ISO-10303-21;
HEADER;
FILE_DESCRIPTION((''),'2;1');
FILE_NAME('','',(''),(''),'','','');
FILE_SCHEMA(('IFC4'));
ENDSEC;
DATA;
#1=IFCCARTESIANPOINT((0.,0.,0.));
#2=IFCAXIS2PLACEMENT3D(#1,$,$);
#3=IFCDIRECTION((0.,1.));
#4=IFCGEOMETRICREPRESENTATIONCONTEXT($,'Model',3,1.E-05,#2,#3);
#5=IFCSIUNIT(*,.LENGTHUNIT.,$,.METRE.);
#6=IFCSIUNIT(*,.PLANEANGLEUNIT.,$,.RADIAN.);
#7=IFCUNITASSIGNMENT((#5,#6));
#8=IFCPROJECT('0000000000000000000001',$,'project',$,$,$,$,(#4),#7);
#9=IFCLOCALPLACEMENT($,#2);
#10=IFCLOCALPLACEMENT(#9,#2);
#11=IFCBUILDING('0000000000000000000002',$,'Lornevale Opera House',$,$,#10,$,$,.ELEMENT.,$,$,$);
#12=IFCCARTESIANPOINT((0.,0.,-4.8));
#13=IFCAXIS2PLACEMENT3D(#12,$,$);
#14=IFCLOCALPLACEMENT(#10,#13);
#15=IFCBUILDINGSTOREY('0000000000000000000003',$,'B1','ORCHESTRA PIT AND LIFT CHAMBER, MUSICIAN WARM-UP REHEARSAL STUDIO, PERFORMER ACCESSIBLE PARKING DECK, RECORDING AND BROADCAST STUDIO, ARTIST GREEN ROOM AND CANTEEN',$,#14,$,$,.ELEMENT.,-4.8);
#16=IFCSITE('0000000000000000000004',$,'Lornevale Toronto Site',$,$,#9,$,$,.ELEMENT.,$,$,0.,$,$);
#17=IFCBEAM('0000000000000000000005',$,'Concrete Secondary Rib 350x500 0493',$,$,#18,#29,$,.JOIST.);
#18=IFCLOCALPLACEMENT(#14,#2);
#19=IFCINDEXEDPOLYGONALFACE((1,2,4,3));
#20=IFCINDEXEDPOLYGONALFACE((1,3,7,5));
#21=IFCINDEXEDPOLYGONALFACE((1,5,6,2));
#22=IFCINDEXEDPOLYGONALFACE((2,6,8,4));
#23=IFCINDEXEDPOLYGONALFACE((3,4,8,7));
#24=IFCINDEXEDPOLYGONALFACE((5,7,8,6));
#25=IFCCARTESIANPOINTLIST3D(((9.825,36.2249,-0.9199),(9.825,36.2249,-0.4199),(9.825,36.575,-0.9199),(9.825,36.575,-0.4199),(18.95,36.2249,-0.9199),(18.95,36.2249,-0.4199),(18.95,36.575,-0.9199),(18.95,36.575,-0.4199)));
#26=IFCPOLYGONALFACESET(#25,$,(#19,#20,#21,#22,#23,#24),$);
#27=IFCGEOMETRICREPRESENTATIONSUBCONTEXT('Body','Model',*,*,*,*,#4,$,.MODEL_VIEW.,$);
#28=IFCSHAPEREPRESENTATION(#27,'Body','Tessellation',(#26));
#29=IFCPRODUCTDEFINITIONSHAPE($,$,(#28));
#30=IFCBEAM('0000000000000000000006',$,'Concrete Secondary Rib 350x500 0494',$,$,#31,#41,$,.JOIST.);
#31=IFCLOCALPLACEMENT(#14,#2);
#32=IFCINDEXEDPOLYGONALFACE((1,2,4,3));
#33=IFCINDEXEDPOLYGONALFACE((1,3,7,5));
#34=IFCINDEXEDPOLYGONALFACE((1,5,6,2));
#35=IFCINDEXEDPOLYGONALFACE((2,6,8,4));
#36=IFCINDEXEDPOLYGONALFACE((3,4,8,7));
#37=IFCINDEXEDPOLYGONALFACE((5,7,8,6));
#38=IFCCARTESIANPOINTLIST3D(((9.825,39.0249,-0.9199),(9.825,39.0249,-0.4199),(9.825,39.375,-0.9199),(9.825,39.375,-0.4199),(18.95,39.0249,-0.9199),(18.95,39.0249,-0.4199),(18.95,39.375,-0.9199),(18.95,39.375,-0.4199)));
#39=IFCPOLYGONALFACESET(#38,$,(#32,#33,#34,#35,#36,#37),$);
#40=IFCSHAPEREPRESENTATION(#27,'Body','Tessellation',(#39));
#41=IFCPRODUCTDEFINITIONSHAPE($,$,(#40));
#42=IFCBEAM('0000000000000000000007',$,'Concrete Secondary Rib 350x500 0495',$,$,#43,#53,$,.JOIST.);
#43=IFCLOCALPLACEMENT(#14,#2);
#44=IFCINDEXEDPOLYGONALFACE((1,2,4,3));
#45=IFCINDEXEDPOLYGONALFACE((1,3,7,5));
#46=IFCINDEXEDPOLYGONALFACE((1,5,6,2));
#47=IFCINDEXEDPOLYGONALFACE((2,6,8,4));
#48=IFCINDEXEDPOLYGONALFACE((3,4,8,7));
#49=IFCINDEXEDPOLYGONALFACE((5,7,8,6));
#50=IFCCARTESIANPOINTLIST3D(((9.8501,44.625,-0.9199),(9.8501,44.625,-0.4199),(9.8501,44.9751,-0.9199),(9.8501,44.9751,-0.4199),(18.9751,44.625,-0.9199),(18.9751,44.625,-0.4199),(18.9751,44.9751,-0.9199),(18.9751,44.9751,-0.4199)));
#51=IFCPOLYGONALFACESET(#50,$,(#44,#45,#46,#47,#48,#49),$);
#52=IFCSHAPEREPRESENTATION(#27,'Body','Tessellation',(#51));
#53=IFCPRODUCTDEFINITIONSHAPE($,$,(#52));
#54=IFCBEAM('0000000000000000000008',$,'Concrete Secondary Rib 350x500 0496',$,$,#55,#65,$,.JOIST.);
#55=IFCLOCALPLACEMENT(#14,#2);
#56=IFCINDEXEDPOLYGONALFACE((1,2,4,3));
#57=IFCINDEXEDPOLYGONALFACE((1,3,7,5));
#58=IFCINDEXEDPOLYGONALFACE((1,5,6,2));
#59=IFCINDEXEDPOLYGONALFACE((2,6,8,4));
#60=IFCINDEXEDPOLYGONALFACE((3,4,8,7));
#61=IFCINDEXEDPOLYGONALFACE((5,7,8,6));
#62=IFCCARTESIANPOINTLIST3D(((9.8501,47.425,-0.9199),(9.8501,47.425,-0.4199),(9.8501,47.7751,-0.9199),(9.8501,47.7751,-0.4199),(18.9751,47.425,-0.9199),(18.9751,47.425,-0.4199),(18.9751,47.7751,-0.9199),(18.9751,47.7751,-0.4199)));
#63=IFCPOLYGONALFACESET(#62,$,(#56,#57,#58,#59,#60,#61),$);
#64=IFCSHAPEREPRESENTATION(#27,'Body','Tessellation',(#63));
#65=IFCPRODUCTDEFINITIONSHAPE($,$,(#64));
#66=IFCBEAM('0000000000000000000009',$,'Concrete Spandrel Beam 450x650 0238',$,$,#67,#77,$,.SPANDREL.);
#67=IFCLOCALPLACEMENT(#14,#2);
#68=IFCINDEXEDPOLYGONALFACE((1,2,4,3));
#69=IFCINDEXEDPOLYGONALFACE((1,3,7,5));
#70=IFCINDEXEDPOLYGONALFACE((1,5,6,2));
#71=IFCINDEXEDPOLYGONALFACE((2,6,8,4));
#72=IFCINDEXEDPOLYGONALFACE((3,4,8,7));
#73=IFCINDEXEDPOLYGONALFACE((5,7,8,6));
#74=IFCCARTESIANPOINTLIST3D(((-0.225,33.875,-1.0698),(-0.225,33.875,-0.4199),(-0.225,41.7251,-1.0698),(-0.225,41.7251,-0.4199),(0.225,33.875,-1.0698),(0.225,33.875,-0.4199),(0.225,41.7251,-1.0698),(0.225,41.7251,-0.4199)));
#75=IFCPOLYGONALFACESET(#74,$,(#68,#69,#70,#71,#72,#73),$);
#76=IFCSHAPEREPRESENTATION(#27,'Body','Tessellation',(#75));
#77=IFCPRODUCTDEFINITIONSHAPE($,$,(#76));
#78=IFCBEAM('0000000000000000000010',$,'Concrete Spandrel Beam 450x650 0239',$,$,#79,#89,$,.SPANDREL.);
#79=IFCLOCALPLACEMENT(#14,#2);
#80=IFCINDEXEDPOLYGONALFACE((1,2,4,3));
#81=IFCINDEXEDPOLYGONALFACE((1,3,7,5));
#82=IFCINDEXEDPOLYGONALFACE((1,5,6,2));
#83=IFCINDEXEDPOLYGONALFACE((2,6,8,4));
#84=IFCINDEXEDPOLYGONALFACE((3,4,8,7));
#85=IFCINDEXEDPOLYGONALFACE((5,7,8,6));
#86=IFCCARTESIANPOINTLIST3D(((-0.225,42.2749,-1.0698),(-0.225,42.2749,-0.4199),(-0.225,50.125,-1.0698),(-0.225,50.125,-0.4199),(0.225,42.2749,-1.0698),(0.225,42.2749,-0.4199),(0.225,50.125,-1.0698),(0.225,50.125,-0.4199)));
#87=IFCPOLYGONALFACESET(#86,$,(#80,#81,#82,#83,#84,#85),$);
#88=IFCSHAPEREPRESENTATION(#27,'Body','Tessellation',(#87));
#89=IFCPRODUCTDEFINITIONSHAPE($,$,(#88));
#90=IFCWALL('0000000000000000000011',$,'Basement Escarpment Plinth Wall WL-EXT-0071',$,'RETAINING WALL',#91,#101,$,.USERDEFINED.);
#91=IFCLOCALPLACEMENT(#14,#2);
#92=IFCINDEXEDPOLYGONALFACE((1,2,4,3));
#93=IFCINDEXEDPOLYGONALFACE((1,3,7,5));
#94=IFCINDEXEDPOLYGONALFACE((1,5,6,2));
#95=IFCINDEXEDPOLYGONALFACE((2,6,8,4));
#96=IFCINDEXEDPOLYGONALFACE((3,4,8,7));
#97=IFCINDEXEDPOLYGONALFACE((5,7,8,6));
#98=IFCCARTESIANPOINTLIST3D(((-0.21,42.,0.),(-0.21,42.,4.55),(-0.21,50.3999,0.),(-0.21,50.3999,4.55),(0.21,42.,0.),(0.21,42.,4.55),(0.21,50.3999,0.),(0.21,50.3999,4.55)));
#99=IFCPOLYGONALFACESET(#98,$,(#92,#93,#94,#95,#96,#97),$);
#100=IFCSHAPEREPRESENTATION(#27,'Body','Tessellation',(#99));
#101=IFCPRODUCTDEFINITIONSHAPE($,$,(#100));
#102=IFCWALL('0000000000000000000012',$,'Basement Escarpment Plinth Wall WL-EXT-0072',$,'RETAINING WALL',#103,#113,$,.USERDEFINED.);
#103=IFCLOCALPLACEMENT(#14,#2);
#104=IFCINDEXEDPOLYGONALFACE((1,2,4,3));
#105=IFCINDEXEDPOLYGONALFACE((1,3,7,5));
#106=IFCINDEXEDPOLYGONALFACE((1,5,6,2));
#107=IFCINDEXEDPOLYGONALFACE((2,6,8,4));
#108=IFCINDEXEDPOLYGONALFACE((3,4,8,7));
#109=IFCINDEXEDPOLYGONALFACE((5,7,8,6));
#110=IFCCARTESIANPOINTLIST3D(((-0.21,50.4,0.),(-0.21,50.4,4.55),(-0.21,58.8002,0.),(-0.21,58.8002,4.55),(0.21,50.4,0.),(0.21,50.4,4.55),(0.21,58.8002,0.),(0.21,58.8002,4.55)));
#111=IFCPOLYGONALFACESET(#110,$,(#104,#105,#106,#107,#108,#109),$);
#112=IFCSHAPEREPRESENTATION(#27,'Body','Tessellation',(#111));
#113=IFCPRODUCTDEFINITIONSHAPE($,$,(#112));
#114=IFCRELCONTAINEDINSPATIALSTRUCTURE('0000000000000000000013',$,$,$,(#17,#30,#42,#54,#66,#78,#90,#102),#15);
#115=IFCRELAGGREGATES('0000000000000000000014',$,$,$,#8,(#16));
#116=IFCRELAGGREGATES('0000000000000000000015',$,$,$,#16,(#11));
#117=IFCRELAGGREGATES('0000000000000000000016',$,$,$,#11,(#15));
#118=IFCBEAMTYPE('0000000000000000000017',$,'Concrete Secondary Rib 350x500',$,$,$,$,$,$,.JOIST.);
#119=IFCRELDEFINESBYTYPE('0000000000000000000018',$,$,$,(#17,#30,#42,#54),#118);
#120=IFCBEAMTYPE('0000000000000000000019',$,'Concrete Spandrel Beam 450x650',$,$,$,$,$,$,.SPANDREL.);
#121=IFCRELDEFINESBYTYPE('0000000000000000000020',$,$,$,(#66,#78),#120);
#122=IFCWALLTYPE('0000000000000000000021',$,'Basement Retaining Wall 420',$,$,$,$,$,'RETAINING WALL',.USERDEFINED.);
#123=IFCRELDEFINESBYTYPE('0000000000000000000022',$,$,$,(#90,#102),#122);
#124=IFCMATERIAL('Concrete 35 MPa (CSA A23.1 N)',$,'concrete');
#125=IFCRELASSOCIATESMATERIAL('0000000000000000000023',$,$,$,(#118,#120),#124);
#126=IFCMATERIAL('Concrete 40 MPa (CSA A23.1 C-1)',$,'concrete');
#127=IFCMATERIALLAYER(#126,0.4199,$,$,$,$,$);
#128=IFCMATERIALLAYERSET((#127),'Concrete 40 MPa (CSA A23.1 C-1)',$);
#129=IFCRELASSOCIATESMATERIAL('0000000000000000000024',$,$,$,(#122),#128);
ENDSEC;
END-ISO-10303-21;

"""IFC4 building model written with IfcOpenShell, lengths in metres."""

from ifc_helpers import new_model, si_unit, direction, frame, frame_2d, origin, origin_2d, place, context, subcontext, project, spatial, rectangle, extrude, material, layer, layer_set, material_profile, profile_set, type_object, element, save


model = new_model("IFC4")

# Units and contexts
model_context = context("Model", 3, precision=1e-05, world=origin(), true_north=direction((0.0, 1.0)))
body_context = subcontext(model_context, "Body", "Model", "MODEL_VIEW")
ifc_project = project(units=[si_unit("LENGTHUNIT", "METRE"), si_unit("PLANEANGLEUNIT", "RADIAN")], contexts=[model_context])

# Site, building, storey
site_placement = place(None, origin())
site = spatial("IfcSite", under=ifc_project, at=site_placement, Name="Lornevale Toronto Site", CompositionType="ELEMENT", RefElevation=0.0)
building_placement = place(site_placement, origin())
building = spatial("IfcBuilding", under=site, at=building_placement, Name="Lornevale Opera House", CompositionType="ELEMENT")
storey_placement = place(building_placement, frame((0.0, 0.0, -4.8)))
storey = spatial("IfcBuildingStorey", under=building, at=storey_placement, Name="B1", Description="ORCHESTRA PIT AND LIFT CHAMBER, MUSICIAN WARM-UP REHEARSAL STUDIO, PERFORMER ACCESSIBLE PARKING DECK, RECORDING AND BROADCAST STUDIO, ARTIST GREEN ROOM AND CANTEEN", CompositionType="ELEMENT", Elevation=-4.8)

# Shared definitions
ifc_material_1 = material(Name="Concrete 35 MPa (CSA A23.1 N)", Category="concrete")

# Beams
ifc_material_2 = material(Name="Concrete 40 MPa (CSA A23.1 C-1)", Category="concrete")
ifc_material_profile_1 = material_profile(ifc_material_1, rectangle(XDim=0.3501, YDim=0.5, at=origin_2d()), Name="RC350x500")
ifc_profile_set_1 = profile_set([ifc_material_profile_1], Name="Concrete 35 MPa (CSA A23.1 N)")
beam_type_1 = type_object("IfcBeamType", Name="Concrete Secondary Rib 350x500", PredefinedType="JOIST", material=ifc_profile_set_1)
for number, where, z_axis, x_axis, name in (
    (1, (9.825, 36.3999, -0.6699), (1.0, 0.0, 0.0), (0.0, 1.0, 0.0), "Concrete Secondary Rib 350x500 0493"),
    (2, (9.825, 39.2, -0.6699), (1.0, 0.0, 0.0), (0.0, 1.0, 0.0), "Concrete Secondary Rib 350x500 0494"),
    (3, (9.8501, 44.8, -0.6699), (1.0, 0.0, 0.0), (0.0, 1.0, 0.0), "Concrete Secondary Rib 350x500 0495"),
    (4, (9.8501, 47.6001, -0.6699), (1.0, 0.0, 0.0), (0.0, 1.0, 0.0), "Concrete Secondary Rib 350x500 0496"),
):
    element("IfcBeam", number, at=place(storey_placement, frame(where, z_axis=z_axis, x_axis=x_axis)), inside=storey, type_object=beam_type_1, Name=name, PredefinedType="JOIST", context=body_context, shape_type="SweptSolid", body=[
        extrude(rectangle(XDim=0.3501, YDim=0.5, at=origin_2d()), origin(), (0.0, 0.0, 1.0), 9.125),
    ])
ifc_material_profile_2 = material_profile(ifc_material_1, rectangle(XDim=0.45, YDim=0.6499, at=origin_2d()), Name="RC450x650")
ifc_profile_set_2 = profile_set([ifc_material_profile_2], Name="Concrete 35 MPa (CSA A23.1 N)")
beam_type_2 = type_object("IfcBeamType", Name="Concrete Spandrel Beam 450x650", PredefinedType="SPANDREL", material=ifc_profile_set_2)
for number, where, z_axis, x_axis, name in (
    (5, (0.0, 33.875, -0.7449), (0.0, 1.0, 0.0), (-1.0, 0.0, 0.0), "Concrete Spandrel Beam 450x650 0238"),
    (6, (0.0, 42.2749, -0.7449), (0.0, 1.0, 0.0), (-1.0, 0.0, 0.0), "Concrete Spandrel Beam 450x650 0239"),
):
    element("IfcBeam", number, at=place(storey_placement, frame(where, z_axis=z_axis, x_axis=x_axis)), inside=storey, type_object=beam_type_2, Name=name, PredefinedType="SPANDREL", context=body_context, shape_type="SweptSolid", body=[
        extrude(rectangle(XDim=0.45, YDim=0.6499, at=origin_2d()), origin(), (0.0, 0.0, 1.0), 7.8501),
    ])

# Walls
ifc_layer = layer(ifc_material_2, 0.4199)
ifc_layer_set = layer_set([ifc_layer], Name="Concrete 40 MPa (CSA A23.1 C-1)")
wall_type = type_object("IfcWallType", Name="Basement Retaining Wall 420", ElementType="RETAINING WALL", PredefinedType="USERDEFINED", material=ifc_layer_set)
wall_1_placement = place(storey_placement, frame((0.0, 42.0, 0.0), z_axis=(0.0, 0.0, 1.0), x_axis=(0.0, 1.0, 0.0)))
element("IfcWall", 7, at=wall_1_placement, inside=storey, type_object=wall_type, Name="Basement Escarpment Plinth Wall WL-EXT-0071", ObjectType="RETAINING WALL", PredefinedType="USERDEFINED", context=body_context, shape_type="SweptSolid", body=[
    extrude(rectangle(XDim=8.3999, YDim=0.4199, at=frame_2d((4.2, 0.0))), origin(), (0.0, 0.0, 1.0), 4.55),
])
wall_2_placement = place(storey_placement, frame((0.0, 50.3999, 0.0), z_axis=(0.0, 0.0, 1.0), x_axis=(0.0, 1.0, 0.0)))
element("IfcWall", 8, at=wall_2_placement, inside=storey, type_object=wall_type, Name="Basement Escarpment Plinth Wall WL-EXT-0072", ObjectType="RETAINING WALL", PredefinedType="USERDEFINED", context=body_context, shape_type="SweptSolid", body=[
    extrude(rectangle(XDim=8.4001, YDim=0.4199, at=frame_2d((4.2002, 0.0))), origin(), (0.0, 0.0, 1.0), 4.55),
])

save(model, "model.ifc")
